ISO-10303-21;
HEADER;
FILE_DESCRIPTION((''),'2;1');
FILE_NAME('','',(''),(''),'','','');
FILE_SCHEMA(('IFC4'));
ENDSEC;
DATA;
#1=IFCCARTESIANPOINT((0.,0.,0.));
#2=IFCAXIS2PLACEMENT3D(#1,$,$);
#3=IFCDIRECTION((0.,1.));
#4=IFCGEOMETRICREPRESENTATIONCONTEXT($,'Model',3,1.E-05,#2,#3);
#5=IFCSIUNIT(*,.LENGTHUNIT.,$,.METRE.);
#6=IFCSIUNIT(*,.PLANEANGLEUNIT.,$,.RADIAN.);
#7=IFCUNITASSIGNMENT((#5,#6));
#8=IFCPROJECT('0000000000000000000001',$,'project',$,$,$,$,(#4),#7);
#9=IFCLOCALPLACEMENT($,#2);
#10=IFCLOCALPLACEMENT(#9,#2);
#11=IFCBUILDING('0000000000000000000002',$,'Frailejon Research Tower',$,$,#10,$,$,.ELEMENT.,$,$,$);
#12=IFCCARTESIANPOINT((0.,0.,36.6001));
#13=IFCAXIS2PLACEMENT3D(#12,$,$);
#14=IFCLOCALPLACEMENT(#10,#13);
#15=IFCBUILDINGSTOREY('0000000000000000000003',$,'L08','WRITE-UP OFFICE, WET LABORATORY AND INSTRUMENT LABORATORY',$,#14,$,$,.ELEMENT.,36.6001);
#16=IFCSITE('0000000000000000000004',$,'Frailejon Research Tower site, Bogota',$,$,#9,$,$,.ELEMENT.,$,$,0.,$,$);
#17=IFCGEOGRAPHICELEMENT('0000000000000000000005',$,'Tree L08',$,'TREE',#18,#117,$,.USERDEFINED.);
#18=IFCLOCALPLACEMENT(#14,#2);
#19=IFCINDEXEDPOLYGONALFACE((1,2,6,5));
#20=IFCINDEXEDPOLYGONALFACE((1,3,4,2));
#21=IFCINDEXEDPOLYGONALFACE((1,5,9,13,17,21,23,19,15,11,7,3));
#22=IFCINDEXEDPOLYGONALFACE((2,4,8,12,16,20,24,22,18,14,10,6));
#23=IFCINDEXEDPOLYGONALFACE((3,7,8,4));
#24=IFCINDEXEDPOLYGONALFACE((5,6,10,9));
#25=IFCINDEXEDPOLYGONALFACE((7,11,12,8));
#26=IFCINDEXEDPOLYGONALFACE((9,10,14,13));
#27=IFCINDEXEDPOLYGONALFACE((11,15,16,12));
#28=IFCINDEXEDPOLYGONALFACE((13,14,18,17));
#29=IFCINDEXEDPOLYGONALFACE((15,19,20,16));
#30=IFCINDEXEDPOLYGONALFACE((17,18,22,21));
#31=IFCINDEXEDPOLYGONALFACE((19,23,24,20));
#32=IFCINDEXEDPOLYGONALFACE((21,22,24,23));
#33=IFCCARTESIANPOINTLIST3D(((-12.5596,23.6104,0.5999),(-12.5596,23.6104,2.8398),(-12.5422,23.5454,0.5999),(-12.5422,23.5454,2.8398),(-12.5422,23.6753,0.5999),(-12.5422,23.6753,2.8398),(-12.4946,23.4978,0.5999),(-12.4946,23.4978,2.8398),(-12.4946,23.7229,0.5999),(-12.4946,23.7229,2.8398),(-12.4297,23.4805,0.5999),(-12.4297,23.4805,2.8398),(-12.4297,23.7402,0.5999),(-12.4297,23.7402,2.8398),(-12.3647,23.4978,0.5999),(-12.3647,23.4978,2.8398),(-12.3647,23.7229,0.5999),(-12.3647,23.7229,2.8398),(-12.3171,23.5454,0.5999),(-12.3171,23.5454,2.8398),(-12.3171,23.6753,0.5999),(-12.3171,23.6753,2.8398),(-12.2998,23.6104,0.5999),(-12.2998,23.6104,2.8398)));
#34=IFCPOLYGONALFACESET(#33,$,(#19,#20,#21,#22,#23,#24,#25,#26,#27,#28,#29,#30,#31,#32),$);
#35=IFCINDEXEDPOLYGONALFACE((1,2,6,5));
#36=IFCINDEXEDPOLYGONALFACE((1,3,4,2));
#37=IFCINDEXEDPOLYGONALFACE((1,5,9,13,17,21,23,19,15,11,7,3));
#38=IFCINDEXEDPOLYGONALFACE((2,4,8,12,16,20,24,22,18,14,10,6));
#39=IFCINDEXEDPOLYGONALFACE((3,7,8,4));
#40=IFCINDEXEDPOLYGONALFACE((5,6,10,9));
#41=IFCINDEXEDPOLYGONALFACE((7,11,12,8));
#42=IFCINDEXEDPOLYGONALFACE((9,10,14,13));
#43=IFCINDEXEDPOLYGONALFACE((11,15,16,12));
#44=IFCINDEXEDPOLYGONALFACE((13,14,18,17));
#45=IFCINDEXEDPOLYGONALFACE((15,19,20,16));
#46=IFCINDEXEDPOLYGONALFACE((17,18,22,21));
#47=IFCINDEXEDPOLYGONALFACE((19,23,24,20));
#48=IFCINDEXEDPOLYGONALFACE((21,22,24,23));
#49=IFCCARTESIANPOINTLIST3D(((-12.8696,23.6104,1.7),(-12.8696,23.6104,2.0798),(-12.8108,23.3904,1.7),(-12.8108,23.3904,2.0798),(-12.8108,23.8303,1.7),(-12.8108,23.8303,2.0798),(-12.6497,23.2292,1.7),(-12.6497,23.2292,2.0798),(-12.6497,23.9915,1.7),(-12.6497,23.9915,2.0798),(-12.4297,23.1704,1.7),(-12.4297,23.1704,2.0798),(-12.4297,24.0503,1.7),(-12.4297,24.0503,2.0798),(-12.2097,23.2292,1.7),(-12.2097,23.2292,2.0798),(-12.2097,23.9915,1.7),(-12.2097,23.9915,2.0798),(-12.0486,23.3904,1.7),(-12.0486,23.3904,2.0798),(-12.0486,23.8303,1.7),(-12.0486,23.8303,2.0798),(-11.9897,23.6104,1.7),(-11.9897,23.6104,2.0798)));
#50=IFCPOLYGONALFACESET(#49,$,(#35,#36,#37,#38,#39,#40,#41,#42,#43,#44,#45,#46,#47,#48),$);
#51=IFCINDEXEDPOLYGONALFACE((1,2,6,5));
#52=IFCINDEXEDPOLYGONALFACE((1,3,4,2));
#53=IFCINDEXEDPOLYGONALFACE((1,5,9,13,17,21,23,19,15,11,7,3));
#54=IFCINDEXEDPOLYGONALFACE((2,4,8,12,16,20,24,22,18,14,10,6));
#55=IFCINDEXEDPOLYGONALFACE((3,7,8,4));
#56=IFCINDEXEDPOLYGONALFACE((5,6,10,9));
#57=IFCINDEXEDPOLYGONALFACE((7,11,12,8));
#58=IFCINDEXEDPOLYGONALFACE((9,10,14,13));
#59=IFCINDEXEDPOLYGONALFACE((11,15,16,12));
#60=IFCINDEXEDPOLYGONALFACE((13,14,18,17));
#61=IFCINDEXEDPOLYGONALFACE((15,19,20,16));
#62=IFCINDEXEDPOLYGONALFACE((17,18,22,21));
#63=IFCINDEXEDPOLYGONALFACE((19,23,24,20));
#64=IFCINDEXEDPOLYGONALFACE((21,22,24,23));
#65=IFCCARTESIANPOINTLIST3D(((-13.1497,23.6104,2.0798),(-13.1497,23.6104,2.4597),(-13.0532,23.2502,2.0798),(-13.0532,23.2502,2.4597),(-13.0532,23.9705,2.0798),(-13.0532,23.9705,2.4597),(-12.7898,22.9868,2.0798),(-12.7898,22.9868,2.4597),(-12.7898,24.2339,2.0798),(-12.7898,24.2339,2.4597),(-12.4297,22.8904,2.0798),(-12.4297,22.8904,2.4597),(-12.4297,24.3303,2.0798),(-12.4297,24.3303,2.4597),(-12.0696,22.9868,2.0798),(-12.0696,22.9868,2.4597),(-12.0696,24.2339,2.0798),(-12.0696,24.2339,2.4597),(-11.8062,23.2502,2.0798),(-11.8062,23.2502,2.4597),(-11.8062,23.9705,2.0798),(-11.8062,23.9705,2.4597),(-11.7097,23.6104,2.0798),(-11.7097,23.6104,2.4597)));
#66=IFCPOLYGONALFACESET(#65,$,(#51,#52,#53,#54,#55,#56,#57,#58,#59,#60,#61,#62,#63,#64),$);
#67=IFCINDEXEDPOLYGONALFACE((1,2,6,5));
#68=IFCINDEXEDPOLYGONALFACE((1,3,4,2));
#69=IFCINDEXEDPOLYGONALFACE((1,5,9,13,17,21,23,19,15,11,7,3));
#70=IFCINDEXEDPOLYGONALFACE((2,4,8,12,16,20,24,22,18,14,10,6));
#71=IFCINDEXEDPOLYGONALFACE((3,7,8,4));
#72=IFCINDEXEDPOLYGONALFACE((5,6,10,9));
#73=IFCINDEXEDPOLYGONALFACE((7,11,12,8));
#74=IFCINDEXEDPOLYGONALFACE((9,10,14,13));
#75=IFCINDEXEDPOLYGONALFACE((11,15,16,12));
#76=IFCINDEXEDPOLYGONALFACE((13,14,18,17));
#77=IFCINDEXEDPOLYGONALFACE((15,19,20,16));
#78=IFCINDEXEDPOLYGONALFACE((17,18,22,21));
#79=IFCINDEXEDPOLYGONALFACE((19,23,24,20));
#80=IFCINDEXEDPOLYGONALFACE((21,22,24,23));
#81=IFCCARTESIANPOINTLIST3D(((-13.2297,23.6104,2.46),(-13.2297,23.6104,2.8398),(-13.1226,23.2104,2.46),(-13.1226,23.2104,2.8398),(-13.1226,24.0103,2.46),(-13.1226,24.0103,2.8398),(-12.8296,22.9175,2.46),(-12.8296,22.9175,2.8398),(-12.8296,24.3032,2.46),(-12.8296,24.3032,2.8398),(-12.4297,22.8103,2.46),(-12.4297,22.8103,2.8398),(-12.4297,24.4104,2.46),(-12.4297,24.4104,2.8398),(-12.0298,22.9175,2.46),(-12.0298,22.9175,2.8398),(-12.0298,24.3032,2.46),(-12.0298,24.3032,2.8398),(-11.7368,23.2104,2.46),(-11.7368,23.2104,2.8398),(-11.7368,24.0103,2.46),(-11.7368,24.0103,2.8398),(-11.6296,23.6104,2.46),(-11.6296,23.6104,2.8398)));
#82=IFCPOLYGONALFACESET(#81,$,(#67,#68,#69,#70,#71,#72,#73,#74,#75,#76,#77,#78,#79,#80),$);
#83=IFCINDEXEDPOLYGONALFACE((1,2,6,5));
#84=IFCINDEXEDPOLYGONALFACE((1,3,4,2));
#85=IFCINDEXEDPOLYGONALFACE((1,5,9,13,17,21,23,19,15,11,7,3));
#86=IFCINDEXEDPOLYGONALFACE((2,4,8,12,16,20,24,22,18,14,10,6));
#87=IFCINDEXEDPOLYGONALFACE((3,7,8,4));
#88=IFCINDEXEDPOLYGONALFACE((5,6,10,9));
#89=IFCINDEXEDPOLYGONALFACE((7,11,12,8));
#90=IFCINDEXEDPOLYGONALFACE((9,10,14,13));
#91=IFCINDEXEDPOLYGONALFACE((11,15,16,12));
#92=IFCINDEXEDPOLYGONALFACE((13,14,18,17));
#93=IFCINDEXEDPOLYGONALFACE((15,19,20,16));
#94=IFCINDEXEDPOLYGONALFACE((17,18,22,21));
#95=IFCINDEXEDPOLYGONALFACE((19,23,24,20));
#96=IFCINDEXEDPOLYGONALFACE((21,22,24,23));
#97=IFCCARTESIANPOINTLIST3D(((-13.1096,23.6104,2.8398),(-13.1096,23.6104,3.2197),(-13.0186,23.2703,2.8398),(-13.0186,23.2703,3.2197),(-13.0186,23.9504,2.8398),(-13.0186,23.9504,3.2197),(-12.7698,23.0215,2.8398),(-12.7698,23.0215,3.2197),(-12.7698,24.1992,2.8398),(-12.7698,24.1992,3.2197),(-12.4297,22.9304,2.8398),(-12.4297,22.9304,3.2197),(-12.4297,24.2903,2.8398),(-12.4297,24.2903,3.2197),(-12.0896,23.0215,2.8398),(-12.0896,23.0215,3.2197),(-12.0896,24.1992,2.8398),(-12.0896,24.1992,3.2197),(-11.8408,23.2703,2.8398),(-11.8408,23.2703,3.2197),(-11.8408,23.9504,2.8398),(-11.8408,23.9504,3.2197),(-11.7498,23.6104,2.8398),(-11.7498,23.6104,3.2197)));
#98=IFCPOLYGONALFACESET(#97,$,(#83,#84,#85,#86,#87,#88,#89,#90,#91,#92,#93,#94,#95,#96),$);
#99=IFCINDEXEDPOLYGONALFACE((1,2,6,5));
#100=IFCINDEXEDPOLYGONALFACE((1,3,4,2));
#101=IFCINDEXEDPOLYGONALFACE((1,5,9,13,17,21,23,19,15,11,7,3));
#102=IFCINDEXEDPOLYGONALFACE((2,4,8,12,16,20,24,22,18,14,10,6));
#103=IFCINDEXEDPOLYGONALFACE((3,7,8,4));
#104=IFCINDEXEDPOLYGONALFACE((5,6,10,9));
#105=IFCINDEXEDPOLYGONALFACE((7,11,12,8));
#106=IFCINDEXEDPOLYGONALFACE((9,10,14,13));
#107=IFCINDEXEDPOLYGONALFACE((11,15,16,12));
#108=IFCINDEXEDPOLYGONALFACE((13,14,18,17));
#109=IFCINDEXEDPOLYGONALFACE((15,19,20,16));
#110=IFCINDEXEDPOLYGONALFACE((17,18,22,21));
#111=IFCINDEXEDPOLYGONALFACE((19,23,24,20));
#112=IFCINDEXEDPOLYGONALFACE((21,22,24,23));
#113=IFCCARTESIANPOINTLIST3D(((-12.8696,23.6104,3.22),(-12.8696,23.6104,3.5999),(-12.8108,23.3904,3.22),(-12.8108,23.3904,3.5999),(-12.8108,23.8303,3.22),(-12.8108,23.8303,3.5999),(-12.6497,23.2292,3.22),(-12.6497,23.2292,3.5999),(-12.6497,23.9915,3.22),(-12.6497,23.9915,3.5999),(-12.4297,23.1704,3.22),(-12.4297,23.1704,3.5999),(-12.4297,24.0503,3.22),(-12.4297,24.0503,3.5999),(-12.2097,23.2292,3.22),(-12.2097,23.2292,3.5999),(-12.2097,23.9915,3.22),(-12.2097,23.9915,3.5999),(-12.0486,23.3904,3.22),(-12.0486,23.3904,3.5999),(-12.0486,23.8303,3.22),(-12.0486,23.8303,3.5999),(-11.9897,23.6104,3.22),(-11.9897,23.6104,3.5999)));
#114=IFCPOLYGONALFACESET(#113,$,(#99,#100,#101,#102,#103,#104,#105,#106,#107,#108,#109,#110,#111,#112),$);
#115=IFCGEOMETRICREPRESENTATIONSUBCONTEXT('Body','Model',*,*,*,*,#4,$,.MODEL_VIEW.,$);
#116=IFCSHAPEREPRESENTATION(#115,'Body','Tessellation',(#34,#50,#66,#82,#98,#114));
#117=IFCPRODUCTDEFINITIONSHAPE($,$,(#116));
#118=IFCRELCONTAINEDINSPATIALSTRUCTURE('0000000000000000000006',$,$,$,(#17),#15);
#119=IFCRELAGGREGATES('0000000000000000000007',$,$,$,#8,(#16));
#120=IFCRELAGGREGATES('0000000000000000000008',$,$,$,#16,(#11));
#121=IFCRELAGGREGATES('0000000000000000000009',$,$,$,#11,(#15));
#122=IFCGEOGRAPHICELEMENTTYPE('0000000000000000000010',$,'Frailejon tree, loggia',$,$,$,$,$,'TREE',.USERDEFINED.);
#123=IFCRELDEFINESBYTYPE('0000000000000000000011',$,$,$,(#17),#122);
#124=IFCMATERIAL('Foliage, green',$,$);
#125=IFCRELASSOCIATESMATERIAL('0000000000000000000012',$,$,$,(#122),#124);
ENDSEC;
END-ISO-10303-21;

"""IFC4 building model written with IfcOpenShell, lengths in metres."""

from ifc_helpers import new_model, si_unit, direction, frame, origin, place, context, subcontext, project, spatial, polyline, outline, extrude, material, type_object, element, save


model = new_model("IFC4")

# Units and contexts
model_context = context("Model", 3, precision=1e-05, world=origin(), true_north=direction((0.0, 1.0)))
body_context = subcontext(model_context, "Body", "Model", "MODEL_VIEW")
ifc_project = project(units=[si_unit("LENGTHUNIT", "METRE"), si_unit("PLANEANGLEUNIT", "RADIAN")], contexts=[model_context])

# Site, building, storey
site_placement = place(None, origin())
site = spatial("IfcSite", under=ifc_project, at=site_placement, Name="Frailejon Research Tower site, Bogota", CompositionType="ELEMENT", RefElevation=0.0)
building_placement = place(site_placement, origin())
building = spatial("IfcBuilding", under=site, at=building_placement, Name="Frailejon Research Tower", CompositionType="ELEMENT")
storey_placement = place(building_placement, frame((0.0, 0.0, 36.6001)))
storey = spatial("IfcBuildingStorey", under=building, at=storey_placement, Name="L08", Description="WRITE-UP OFFICE, WET LABORATORY AND INSTRUMENT LABORATORY", CompositionType="ELEMENT", Elevation=36.6001)

# Geographic element
ifc_material_1 = material(Name="Foliage, green")
geographic_element_type = type_object("IfcGeographicElementType", Name="Frailejon tree, loggia", ElementType="TREE", PredefinedType="USERDEFINED", material=ifc_material_1)
geographic_element_placement = place(storey_placement, frame((-12.4297, 23.6104, 0.5999)))
element("IfcGeographicElement", 1, at=geographic_element_placement, inside=storey, type_object=geographic_element_type, Name="Tree L08", ObjectType="TREE", PredefinedType="USERDEFINED", context=body_context, shape_type="SweptSolid", body=[
    extrude(outline(polyline([(0.1299, 0.0), (0.1125, 0.0649), (0.0649, 0.1125), (0.0, 0.1299), (-0.0649, 0.1125), (-0.1125, 0.0649), (-0.1299, 0.0), (-0.1125, -0.0649), (-0.0649, -0.1125), (0.0, -0.1299), (0.0649, -0.1125), (0.1125, -0.0649), (0.1299, 0.0)])), origin(), (0.0, 0.0, 1.0), 2.24),
    extrude(outline(polyline([(0.4399, 0.0), (0.3811, 0.22), (0.22, 0.3811), (0.0, 0.4399), (-0.22, 0.3811), (-0.3811, 0.22), (-0.4399, 0.0), (-0.3811, -0.22), (-0.22, -0.3811), (0.0, -0.4399), (0.22, -0.3811), (0.3811, -0.22), (0.4399, 0.0)])), frame((0.0, 0.0, 1.1001)), (0.0, 0.0, 1.0), 0.3799),
    extrude(outline(polyline([(0.72, 0.0), (0.6235, 0.3601), (0.3601, 0.6235), (0.0, 0.72), (-0.3601, 0.6235), (-0.6235, 0.3601), (-0.72, 0.0), (-0.6235, -0.3601), (-0.3601, -0.6235), (0.0, -0.72), (0.3601, -0.6235), (0.6235, -0.3601), (0.72, 0.0)])), frame((0.0, 0.0, 1.48)), (0.0, 0.0, 1.0), 0.3799),
    extrude(outline(polyline([(0.8, 0.0), (0.6929, 0.3999), (0.3999, 0.6929), (0.0, 0.8), (-0.3999, 0.6929), (-0.6929, 0.3999), (-0.8, 0.0), (-0.6929, -0.3999), (-0.3999, -0.6929), (0.0, -0.8), (0.3999, -0.6929), (0.6929, -0.3999), (0.8, 0.0)])), frame((0.0, 0.0, 1.8601)), (0.0, 0.0, 1.0), 0.3799),
    extrude(outline(polyline([(0.6799, 0.0), (0.5889, 0.3401), (0.3401, 0.5889), (0.0, 0.6799), (-0.3401, 0.5889), (-0.5889, 0.3401), (-0.6799, 0.0), (-0.5889, -0.3401), (-0.3401, -0.5889), (0.0, -0.6799), (0.3401, -0.5889), (0.5889, -0.3401), (0.6799, 0.0)])), frame((0.0, 0.0, 2.24)), (0.0, 0.0, 1.0), 0.3799),
    extrude(outline(polyline([(0.4399, 0.0), (0.3811, 0.22), (0.22, 0.3811), (0.0, 0.4399), (-0.22, 0.3811), (-0.3811, 0.22), (-0.4399, 0.0), (-0.3811, -0.22), (-0.22, -0.3811), (0.0, -0.4399), (0.22, -0.3811), (0.3811, -0.22), (0.4399, 0.0)])), frame((0.0, 0.0, 2.6201)), (0.0, 0.0, 1.0), 0.3799),
])

save(model, "model.ifc")
